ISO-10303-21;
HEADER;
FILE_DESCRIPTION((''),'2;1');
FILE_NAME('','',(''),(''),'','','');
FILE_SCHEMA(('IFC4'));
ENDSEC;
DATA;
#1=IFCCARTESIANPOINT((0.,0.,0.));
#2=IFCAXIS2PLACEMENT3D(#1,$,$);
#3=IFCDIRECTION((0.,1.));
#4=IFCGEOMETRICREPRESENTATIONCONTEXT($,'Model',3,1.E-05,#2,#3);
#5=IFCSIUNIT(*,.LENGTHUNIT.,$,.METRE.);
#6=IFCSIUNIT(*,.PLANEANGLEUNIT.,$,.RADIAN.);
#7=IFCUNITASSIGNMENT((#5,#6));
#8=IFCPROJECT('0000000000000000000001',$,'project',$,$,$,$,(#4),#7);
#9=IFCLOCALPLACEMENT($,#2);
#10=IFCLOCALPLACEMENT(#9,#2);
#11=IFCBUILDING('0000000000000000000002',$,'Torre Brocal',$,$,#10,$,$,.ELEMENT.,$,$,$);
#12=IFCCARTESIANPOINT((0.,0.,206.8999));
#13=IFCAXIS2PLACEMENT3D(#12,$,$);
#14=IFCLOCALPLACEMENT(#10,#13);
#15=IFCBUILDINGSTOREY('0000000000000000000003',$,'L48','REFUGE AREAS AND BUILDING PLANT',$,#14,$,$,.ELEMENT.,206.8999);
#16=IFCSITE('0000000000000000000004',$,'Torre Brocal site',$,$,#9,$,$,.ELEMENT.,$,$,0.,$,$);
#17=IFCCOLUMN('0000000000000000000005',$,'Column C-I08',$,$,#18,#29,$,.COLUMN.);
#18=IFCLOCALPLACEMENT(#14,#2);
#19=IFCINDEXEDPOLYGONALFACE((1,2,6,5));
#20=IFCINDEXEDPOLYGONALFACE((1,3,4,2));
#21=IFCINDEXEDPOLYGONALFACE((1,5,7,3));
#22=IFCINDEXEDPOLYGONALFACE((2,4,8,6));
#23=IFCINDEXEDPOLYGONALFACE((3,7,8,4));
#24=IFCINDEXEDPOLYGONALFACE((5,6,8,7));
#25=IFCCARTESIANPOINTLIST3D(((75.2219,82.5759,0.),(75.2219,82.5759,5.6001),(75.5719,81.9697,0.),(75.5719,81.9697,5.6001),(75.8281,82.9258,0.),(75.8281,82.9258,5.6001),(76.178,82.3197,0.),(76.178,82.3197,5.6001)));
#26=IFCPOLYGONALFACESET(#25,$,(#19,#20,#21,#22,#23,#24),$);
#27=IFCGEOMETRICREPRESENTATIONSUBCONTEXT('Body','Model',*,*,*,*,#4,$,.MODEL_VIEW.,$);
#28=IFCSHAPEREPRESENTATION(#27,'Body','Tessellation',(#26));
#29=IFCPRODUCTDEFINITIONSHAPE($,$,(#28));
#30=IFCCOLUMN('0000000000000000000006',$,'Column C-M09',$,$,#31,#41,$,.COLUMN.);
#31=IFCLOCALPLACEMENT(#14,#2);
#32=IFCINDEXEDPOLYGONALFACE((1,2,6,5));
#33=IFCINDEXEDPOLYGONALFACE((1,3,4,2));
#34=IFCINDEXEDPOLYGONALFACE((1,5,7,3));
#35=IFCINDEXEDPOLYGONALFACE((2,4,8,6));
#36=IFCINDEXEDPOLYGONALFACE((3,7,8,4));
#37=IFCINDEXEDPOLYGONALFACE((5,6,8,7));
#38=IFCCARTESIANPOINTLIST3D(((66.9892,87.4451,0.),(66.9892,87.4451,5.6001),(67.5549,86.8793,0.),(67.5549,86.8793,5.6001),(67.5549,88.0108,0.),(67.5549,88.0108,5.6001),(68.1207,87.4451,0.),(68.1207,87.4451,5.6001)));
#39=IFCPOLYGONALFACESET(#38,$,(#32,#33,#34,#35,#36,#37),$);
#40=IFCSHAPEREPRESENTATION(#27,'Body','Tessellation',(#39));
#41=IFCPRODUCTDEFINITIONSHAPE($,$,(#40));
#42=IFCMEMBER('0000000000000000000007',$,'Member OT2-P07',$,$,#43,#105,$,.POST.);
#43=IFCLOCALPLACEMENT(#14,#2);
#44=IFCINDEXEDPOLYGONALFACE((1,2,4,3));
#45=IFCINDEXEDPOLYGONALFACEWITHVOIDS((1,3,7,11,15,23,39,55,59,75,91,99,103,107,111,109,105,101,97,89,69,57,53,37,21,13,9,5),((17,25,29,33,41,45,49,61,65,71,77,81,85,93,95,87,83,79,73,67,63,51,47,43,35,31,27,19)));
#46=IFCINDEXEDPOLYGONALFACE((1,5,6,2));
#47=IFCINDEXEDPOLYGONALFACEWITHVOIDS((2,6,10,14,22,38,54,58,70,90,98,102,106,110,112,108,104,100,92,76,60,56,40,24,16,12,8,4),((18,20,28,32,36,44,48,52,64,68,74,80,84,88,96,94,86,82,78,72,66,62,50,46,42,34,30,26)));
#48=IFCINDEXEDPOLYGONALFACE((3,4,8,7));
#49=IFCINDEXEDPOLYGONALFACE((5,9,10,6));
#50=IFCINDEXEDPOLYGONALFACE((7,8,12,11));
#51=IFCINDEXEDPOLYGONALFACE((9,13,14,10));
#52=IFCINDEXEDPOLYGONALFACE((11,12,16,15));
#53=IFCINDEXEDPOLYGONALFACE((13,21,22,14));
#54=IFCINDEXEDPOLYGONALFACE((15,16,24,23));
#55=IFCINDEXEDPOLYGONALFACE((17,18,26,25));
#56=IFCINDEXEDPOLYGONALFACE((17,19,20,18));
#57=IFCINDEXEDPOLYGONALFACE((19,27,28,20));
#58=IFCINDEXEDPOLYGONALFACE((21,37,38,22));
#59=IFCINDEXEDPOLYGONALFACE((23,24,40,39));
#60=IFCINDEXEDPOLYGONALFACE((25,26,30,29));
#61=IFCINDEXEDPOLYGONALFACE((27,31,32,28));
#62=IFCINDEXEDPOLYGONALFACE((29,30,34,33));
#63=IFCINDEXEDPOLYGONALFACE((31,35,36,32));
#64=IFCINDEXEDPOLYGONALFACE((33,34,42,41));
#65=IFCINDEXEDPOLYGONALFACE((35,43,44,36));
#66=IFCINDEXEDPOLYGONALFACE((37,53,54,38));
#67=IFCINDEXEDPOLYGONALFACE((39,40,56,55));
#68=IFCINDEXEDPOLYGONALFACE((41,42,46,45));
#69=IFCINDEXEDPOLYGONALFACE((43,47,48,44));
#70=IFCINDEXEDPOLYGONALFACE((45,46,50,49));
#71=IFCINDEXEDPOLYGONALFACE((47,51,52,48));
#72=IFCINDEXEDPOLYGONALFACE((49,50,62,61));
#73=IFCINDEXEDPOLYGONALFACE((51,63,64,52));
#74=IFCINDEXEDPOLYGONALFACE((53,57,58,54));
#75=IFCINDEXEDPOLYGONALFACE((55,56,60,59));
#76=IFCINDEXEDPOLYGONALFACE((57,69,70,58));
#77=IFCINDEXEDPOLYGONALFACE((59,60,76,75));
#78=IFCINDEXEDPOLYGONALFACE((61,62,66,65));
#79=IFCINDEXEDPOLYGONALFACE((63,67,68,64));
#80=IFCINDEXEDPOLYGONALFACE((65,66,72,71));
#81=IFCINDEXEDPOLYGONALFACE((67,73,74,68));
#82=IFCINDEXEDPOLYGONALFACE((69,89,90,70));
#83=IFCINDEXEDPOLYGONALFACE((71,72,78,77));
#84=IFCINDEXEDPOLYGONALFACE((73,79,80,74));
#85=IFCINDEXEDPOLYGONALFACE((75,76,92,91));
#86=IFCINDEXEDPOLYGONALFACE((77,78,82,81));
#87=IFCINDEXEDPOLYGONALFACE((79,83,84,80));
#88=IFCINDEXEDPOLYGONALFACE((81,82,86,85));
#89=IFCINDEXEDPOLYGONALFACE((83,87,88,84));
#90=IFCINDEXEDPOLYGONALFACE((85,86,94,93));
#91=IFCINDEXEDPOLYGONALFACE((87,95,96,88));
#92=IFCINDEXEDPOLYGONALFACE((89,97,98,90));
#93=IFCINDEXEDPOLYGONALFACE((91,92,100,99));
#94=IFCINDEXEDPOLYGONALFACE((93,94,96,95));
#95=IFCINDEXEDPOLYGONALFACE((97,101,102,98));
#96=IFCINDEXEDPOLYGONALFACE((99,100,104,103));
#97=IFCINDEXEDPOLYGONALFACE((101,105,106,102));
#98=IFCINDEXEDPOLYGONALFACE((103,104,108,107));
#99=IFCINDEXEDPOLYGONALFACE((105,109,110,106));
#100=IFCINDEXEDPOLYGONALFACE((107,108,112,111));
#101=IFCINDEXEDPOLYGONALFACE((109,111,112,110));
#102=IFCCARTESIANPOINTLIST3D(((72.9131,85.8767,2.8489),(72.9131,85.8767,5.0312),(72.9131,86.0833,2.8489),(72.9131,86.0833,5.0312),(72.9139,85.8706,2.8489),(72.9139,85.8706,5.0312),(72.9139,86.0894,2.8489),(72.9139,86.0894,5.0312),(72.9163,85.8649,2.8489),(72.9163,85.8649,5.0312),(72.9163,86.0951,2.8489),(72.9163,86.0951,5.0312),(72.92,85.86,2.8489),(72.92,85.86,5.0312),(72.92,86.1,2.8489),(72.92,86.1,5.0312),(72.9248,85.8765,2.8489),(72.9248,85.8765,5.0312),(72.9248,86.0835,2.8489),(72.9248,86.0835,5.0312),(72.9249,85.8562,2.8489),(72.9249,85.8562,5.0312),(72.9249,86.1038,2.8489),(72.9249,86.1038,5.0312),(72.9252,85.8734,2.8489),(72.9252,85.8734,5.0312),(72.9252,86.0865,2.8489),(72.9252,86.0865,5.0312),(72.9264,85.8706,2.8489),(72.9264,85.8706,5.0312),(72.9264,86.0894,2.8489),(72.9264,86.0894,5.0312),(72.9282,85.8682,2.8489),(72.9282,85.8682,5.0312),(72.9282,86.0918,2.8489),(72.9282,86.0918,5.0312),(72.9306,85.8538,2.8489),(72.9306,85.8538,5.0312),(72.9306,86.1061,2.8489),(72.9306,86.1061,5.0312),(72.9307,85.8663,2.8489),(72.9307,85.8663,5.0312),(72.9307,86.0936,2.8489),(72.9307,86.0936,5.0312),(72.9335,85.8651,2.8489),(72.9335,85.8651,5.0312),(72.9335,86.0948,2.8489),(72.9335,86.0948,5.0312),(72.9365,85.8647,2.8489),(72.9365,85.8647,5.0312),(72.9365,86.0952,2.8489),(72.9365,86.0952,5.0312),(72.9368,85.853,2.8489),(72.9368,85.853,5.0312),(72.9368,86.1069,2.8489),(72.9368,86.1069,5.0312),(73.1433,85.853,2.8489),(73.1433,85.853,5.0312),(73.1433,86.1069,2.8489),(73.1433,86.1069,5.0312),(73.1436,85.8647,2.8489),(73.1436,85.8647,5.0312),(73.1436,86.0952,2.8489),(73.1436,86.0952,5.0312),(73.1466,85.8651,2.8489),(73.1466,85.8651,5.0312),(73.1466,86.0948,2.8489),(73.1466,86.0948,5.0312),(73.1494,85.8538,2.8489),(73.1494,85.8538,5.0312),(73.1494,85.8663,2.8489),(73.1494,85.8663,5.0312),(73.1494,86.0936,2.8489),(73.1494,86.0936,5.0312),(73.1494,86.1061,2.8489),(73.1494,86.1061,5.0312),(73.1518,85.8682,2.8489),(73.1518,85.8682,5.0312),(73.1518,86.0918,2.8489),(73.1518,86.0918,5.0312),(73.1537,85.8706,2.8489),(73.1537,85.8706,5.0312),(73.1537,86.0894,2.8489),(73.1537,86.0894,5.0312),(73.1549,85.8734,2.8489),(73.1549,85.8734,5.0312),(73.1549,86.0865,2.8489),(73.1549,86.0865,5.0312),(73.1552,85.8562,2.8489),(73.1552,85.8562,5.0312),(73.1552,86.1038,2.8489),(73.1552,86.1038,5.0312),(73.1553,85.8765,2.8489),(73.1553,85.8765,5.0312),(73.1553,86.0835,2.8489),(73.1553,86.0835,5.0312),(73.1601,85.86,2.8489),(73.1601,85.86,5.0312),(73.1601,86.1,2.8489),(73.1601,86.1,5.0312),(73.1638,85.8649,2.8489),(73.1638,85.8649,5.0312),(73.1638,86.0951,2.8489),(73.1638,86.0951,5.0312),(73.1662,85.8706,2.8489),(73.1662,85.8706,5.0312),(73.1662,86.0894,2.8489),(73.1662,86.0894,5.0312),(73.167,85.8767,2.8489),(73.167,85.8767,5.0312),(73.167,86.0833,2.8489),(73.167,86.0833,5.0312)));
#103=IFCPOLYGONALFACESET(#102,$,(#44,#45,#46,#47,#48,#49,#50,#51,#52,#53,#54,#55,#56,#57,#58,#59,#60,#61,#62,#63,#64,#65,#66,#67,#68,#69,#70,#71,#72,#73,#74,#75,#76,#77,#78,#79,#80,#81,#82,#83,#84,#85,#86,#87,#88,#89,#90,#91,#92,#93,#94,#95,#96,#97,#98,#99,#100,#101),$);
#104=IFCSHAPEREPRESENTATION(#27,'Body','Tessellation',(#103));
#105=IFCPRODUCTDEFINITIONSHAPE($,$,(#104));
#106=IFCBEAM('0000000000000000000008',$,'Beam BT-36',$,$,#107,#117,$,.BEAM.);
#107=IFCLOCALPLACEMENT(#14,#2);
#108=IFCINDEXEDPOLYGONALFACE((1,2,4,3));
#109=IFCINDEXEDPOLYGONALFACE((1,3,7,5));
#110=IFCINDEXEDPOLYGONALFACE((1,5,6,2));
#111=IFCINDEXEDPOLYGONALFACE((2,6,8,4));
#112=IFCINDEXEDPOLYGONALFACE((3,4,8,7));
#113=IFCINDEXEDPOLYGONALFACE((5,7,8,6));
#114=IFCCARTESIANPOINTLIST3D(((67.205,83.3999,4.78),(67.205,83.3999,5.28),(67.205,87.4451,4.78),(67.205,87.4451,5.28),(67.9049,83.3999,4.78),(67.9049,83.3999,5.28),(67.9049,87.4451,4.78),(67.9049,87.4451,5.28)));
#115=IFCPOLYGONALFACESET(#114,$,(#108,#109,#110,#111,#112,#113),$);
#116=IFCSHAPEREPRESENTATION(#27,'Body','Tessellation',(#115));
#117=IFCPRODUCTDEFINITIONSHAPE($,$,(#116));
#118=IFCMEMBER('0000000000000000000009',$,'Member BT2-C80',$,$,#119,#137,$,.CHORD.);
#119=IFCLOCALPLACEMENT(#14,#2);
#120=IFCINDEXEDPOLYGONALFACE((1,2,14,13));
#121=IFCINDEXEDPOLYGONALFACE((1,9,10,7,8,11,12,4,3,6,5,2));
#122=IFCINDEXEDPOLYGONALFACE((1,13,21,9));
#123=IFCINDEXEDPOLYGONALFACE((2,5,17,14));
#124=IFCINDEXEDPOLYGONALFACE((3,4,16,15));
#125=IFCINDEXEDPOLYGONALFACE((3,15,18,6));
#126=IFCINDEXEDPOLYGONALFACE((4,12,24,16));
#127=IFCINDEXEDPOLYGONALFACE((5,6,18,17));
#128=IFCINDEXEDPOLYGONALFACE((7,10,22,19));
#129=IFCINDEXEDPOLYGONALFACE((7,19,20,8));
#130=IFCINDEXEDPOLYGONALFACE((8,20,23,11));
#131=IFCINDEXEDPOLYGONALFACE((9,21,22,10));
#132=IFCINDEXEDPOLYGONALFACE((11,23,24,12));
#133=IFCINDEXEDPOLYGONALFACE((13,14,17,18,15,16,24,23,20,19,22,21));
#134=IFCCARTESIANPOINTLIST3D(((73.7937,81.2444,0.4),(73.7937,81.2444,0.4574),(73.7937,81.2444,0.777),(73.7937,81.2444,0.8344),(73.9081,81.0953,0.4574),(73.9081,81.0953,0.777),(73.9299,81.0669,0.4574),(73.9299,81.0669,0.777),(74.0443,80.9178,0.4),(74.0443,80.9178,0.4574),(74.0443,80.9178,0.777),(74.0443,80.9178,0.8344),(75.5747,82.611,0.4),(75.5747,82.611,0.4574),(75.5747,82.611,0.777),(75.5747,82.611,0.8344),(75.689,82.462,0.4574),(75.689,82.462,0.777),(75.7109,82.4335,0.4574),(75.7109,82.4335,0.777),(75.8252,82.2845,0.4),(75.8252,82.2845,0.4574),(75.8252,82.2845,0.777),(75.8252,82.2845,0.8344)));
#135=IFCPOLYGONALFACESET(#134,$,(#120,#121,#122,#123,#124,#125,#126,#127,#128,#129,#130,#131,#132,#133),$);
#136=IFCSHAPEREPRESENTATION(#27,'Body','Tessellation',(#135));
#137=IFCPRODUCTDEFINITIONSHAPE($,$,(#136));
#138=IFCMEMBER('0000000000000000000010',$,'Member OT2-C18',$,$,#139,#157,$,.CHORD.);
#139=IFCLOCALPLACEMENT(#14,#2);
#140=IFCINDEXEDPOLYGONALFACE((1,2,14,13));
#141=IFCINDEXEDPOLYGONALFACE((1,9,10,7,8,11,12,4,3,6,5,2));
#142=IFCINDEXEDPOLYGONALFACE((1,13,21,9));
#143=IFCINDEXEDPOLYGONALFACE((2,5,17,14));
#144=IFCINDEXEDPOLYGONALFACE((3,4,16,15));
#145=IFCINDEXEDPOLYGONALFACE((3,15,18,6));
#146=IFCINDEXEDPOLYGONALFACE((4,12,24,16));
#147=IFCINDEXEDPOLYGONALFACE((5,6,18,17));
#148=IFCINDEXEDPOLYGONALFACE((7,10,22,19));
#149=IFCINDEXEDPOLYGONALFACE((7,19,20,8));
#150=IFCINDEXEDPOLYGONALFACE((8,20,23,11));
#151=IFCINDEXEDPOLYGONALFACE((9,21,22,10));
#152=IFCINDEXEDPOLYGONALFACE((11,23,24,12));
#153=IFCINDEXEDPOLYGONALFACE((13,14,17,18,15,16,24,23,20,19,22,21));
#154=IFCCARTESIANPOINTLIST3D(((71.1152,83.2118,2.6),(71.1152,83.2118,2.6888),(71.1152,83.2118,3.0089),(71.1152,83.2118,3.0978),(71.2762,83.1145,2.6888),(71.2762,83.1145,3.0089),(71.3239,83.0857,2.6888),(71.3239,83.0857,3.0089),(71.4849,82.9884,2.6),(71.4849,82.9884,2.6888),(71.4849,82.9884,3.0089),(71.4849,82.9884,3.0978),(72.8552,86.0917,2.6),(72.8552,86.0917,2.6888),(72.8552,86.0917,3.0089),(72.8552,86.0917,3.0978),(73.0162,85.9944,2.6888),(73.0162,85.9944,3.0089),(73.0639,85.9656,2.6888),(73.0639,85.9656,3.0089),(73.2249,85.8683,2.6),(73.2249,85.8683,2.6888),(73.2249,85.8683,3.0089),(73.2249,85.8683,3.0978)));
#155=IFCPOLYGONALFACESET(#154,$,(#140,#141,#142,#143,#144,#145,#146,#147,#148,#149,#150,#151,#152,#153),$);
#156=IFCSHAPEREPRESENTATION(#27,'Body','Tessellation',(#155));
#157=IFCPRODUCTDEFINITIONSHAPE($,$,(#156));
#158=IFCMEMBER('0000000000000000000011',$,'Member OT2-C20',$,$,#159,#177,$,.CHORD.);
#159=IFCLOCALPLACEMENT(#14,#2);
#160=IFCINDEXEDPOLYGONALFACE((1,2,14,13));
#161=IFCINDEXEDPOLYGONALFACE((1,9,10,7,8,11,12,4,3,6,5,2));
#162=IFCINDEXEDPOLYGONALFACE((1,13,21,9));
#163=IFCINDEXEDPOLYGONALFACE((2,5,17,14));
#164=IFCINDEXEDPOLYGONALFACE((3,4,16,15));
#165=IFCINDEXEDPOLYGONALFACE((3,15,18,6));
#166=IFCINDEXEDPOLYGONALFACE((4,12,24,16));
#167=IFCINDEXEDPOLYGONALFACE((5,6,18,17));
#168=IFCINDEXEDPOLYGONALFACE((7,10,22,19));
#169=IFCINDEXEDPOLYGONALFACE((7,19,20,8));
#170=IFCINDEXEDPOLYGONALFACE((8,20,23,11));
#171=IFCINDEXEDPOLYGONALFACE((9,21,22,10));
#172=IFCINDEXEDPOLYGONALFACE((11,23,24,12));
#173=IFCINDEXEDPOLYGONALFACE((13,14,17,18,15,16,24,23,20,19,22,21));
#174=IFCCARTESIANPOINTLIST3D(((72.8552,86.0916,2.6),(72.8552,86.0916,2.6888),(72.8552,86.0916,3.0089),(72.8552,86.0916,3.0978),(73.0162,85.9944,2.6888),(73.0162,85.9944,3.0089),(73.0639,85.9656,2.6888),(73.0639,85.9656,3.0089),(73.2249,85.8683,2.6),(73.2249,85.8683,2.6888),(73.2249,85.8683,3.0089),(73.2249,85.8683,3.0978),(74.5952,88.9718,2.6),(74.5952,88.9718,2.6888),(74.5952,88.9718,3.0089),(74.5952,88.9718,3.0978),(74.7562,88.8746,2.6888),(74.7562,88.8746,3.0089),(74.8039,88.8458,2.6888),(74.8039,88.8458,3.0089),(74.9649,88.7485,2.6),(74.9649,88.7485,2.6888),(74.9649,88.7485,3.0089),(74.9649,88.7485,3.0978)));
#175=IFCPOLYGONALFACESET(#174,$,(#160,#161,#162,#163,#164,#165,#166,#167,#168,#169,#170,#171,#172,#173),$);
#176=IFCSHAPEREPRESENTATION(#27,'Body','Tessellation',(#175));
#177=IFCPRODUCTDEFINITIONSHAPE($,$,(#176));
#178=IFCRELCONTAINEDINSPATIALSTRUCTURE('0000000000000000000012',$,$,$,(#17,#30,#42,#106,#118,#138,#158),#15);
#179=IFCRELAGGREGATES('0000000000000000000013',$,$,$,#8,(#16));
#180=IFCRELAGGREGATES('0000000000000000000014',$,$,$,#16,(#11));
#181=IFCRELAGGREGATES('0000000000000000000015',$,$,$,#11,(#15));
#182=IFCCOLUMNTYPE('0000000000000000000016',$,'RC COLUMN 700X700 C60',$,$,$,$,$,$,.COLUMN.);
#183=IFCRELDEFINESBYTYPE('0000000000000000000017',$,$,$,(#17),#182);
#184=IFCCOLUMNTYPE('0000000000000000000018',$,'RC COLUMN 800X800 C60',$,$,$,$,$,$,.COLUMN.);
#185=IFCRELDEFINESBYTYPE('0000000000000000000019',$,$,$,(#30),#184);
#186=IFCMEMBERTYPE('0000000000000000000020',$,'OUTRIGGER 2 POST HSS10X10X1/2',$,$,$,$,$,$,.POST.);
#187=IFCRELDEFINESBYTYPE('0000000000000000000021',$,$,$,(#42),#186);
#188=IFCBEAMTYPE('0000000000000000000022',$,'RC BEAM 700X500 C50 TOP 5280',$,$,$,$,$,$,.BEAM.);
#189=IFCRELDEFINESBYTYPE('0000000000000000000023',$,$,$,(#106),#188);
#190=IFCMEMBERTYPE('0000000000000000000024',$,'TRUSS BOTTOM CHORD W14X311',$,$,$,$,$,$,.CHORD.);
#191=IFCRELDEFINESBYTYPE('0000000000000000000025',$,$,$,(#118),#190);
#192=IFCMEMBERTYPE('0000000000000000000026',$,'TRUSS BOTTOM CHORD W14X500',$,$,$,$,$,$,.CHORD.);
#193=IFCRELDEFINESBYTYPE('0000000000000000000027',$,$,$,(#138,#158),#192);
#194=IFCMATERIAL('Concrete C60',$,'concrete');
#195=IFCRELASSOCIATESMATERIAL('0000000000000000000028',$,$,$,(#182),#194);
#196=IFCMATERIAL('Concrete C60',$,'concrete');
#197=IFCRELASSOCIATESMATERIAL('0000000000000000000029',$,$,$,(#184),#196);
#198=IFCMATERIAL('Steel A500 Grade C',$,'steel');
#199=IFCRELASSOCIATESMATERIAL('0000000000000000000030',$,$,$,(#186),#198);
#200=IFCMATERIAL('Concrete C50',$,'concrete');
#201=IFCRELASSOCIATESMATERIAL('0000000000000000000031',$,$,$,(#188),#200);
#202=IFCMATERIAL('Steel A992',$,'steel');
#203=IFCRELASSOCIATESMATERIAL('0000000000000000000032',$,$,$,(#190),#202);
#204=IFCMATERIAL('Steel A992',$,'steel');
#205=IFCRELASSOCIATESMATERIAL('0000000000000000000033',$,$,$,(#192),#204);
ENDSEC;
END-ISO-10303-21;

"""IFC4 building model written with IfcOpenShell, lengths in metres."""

from ifc_helpers import new_model, si_unit, direction, frame, origin, origin_2d, place, context, subcontext, project, spatial, rectangle, hollow_rectangle, i_section, extrude, material, material_profile, profile_set, type_object, element, save


model = new_model("IFC4")

# Units and contexts
model_context = context("Model", 3, precision=1e-05, world=origin(), true_north=direction((0.0, 1.0)))
body_context = subcontext(model_context, "Body", "Model", "MODEL_VIEW")
ifc_project = project(units=[si_unit("LENGTHUNIT", "METRE"), si_unit("PLANEANGLEUNIT", "RADIAN")], contexts=[model_context])

# Site, building, storey
site_placement = place(None, origin())
site = spatial("IfcSite", under=ifc_project, at=site_placement, Name="Torre Brocal site", CompositionType="ELEMENT", RefElevation=0.0)
building_placement = place(site_placement, origin())
building = spatial("IfcBuilding", under=site, at=building_placement, Name="Torre Brocal", CompositionType="ELEMENT")
storey_placement = place(building_placement, frame((0.0, 0.0, 206.8999)))
storey = spatial("IfcBuildingStorey", under=building, at=storey_placement, Name="L48", Description="REFUGE AREAS AND BUILDING PLANT", CompositionType="ELEMENT", Elevation=206.8999)

# Columns
ifc_material_1 = material(Name="Concrete C60", Category="concrete")
ifc_material_profile_1 = material_profile(ifc_material_1, rectangle(XDim=0.7, YDim=0.7, at=origin_2d()), Name="RC 700X700")
ifc_profile_set_1 = profile_set([ifc_material_profile_1], Name="Concrete C60")
column_type_1 = type_object("IfcColumnType", Name="RC COLUMN 700X700 C60", PredefinedType="COLUMN", material=ifc_profile_set_1)
column_1_placement = place(storey_placement, frame((75.7, 82.4478, 0.0), z_axis=(0.0, 0.0, 1.0), x_axis=(-0.5, 0.866025, 0.0)))
element("IfcColumn", 1, at=column_1_placement, inside=storey, type_object=column_type_1, Name="Column C-I08", PredefinedType="COLUMN", context=body_context, shape_type="SweptSolid", body=[
    extrude(rectangle(XDim=0.7, YDim=0.7, at=origin_2d()), origin(), (0.0, 0.0, 1.0), 5.6001),
])
ifc_material_2 = material(Name="Concrete C60", Category="concrete")
ifc_material_profile_2 = material_profile(ifc_material_2, rectangle(XDim=0.8, YDim=0.8, at=origin_2d()), Name="RC 800X800")
ifc_profile_set_2 = profile_set([ifc_material_profile_2], Name="Concrete C60")
column_type_2 = type_object("IfcColumnType", Name="RC COLUMN 800X800 C60", PredefinedType="COLUMN", material=ifc_profile_set_2)
column_2_placement = place(storey_placement, frame((67.5549, 87.4451, 0.0), z_axis=(0.0, 0.0, 1.0), x_axis=(-0.707107, 0.707107, 0.0)))
element("IfcColumn", 2, at=column_2_placement, inside=storey, type_object=column_type_2, Name="Column C-M09", PredefinedType="COLUMN", context=body_context, shape_type="SweptSolid", body=[
    extrude(rectangle(XDim=0.8, YDim=0.8, at=origin_2d()), origin(), (0.0, 0.0, 1.0), 5.6001),
])

# Member
ifc_material_3 = material(Name="Steel A500 Grade C", Category="steel")
ifc_material_profile_3 = material_profile(ifc_material_3, hollow_rectangle(XDim=0.2539, YDim=0.2539, WallThickness=0.0117, InnerFilletRadius=0.0117, OuterFilletRadius=0.0237, at=origin_2d()), Name="HSS10X10X1/2")
ifc_profile_set_3 = profile_set([ifc_material_profile_3], Name="Steel A500 Grade C")
member_type_1 = type_object("IfcMemberType", Name="OUTRIGGER 2 POST HSS10X10X1/2", PredefinedType="POST", material=ifc_profile_set_3)
member_1_placement = place(storey_placement, frame((73.04, 85.98, 2.8489), z_axis=(0.0, 0.0, 1.0), x_axis=(1.0, 0.0, 0.0)))
element("IfcMember", 3, at=member_1_placement, inside=storey, type_object=member_type_1, Name="Member OT2-P07", PredefinedType="POST", context=body_context, shape_type="SweptSolid", body=[
    extrude(hollow_rectangle(XDim=0.2539, YDim=0.2539, WallThickness=0.0117, InnerFilletRadius=0.0117, OuterFilletRadius=0.0237, at=origin_2d()), origin(), (0.0, 0.0, 1.0), 2.1824),
])

# Beam
ifc_material_4 = material(Name="Concrete C50", Category="concrete")
ifc_material_profile_4 = material_profile(ifc_material_4, rectangle(XDim=0.7, YDim=0.5, at=origin_2d()), Name="RC 700X500")
ifc_profile_set_4 = profile_set([ifc_material_profile_4], Name="Concrete C50")
beam_type = type_object("IfcBeamType", Name="RC BEAM 700X500 C50 TOP 5280", PredefinedType="BEAM", material=ifc_profile_set_4)
beam_placement = place(storey_placement, frame((67.5549, 87.4451, 5.03), z_axis=(0.0, -1.0, 0.0), x_axis=(1.0, 0.0, 0.0)))
element("IfcBeam", 4, at=beam_placement, inside=storey, type_object=beam_type, Name="Beam BT-36", PredefinedType="BEAM", context=body_context, shape_type="SweptSolid", body=[
    extrude(rectangle(XDim=0.7, YDim=0.5, at=origin_2d()), origin(), (0.0, 0.0, 1.0), 4.0452),
])

# Members
ifc_material_5 = material(Name="Steel A992", Category="steel")
ifc_material_profile_5 = material_profile(ifc_material_5, i_section(OverallWidth=0.4116, OverallDepth=0.4343, WebThickness=0.0359, FlangeThickness=0.0574, at=origin_2d()), Name="W14X311")
ifc_profile_set_5 = profile_set([ifc_material_profile_5], Name="Steel A992")
member_type_2 = type_object("IfcMemberType", Name="TRUSS BOTTOM CHORD W14X311", PredefinedType="CHORD", material=ifc_profile_set_5)
member_2_placement = place(storey_placement, frame((75.7, 82.4478, 0.6172), z_axis=(-0.793335, -0.608785, 0.0), x_axis=(0.608785, -0.793335, 0.0)))
element("IfcMember", 5, at=member_2_placement, inside=storey, type_object=member_type_2, Name="Member BT2-C80", PredefinedType="CHORD", context=body_context, shape_type="SweptSolid", body=[
    extrude(i_section(OverallWidth=0.4116, OverallDepth=0.4343, WebThickness=0.0359, FlangeThickness=0.0574, at=origin_2d()), origin(), (0.0, 0.0, 1.0), 2.2449),
])
ifc_material_6 = material(Name="Steel A992", Category="steel")
ifc_material_profile_6 = material_profile(ifc_material_6, i_section(OverallWidth=0.4319, OverallDepth=0.4978, WebThickness=0.0557, FlangeThickness=0.0889, at=origin_2d()), Name="W14X500")
ifc_profile_set_6 = profile_set([ifc_material_profile_6], Name="Steel A992")
member_type_3 = type_object("IfcMemberType", Name="TRUSS BOTTOM CHORD W14X500", PredefinedType="CHORD", material=ifc_profile_set_6)
member_3_placement = place(storey_placement, frame((71.3, 83.1001, 2.8489), z_axis=(0.517129, 0.855908, 0.0), x_axis=(-0.855908, 0.517129, 0.0)))
element("IfcMember", 6, at=member_3_placement, inside=storey, type_object=member_type_3, Name="Member OT2-C18", PredefinedType="CHORD", context=body_context, shape_type="SweptSolid", body=[
    extrude(i_section(OverallWidth=0.4319, OverallDepth=0.4978, WebThickness=0.0557, FlangeThickness=0.0889, at=origin_2d()), origin(), (0.0, 0.0, 1.0), 3.3647),
])
member_4_placement = place(storey_placement, frame((73.04, 85.98, 2.8489), z_axis=(0.517097, 0.855927, 0.0), x_axis=(-0.855927, 0.517097, 0.0)))
element("IfcMember", 7, at=member_4_placement, inside=storey, type_object=member_type_3, Name="Member OT2-C20", PredefinedType="CHORD", context=body_context, shape_type="SweptSolid", body=[
    extrude(i_section(OverallWidth=0.4319, OverallDepth=0.4978, WebThickness=0.0557, FlangeThickness=0.0889, at=origin_2d()), origin(), (0.0, 0.0, 1.0), 3.365),
])

save(model, "model.ifc")
